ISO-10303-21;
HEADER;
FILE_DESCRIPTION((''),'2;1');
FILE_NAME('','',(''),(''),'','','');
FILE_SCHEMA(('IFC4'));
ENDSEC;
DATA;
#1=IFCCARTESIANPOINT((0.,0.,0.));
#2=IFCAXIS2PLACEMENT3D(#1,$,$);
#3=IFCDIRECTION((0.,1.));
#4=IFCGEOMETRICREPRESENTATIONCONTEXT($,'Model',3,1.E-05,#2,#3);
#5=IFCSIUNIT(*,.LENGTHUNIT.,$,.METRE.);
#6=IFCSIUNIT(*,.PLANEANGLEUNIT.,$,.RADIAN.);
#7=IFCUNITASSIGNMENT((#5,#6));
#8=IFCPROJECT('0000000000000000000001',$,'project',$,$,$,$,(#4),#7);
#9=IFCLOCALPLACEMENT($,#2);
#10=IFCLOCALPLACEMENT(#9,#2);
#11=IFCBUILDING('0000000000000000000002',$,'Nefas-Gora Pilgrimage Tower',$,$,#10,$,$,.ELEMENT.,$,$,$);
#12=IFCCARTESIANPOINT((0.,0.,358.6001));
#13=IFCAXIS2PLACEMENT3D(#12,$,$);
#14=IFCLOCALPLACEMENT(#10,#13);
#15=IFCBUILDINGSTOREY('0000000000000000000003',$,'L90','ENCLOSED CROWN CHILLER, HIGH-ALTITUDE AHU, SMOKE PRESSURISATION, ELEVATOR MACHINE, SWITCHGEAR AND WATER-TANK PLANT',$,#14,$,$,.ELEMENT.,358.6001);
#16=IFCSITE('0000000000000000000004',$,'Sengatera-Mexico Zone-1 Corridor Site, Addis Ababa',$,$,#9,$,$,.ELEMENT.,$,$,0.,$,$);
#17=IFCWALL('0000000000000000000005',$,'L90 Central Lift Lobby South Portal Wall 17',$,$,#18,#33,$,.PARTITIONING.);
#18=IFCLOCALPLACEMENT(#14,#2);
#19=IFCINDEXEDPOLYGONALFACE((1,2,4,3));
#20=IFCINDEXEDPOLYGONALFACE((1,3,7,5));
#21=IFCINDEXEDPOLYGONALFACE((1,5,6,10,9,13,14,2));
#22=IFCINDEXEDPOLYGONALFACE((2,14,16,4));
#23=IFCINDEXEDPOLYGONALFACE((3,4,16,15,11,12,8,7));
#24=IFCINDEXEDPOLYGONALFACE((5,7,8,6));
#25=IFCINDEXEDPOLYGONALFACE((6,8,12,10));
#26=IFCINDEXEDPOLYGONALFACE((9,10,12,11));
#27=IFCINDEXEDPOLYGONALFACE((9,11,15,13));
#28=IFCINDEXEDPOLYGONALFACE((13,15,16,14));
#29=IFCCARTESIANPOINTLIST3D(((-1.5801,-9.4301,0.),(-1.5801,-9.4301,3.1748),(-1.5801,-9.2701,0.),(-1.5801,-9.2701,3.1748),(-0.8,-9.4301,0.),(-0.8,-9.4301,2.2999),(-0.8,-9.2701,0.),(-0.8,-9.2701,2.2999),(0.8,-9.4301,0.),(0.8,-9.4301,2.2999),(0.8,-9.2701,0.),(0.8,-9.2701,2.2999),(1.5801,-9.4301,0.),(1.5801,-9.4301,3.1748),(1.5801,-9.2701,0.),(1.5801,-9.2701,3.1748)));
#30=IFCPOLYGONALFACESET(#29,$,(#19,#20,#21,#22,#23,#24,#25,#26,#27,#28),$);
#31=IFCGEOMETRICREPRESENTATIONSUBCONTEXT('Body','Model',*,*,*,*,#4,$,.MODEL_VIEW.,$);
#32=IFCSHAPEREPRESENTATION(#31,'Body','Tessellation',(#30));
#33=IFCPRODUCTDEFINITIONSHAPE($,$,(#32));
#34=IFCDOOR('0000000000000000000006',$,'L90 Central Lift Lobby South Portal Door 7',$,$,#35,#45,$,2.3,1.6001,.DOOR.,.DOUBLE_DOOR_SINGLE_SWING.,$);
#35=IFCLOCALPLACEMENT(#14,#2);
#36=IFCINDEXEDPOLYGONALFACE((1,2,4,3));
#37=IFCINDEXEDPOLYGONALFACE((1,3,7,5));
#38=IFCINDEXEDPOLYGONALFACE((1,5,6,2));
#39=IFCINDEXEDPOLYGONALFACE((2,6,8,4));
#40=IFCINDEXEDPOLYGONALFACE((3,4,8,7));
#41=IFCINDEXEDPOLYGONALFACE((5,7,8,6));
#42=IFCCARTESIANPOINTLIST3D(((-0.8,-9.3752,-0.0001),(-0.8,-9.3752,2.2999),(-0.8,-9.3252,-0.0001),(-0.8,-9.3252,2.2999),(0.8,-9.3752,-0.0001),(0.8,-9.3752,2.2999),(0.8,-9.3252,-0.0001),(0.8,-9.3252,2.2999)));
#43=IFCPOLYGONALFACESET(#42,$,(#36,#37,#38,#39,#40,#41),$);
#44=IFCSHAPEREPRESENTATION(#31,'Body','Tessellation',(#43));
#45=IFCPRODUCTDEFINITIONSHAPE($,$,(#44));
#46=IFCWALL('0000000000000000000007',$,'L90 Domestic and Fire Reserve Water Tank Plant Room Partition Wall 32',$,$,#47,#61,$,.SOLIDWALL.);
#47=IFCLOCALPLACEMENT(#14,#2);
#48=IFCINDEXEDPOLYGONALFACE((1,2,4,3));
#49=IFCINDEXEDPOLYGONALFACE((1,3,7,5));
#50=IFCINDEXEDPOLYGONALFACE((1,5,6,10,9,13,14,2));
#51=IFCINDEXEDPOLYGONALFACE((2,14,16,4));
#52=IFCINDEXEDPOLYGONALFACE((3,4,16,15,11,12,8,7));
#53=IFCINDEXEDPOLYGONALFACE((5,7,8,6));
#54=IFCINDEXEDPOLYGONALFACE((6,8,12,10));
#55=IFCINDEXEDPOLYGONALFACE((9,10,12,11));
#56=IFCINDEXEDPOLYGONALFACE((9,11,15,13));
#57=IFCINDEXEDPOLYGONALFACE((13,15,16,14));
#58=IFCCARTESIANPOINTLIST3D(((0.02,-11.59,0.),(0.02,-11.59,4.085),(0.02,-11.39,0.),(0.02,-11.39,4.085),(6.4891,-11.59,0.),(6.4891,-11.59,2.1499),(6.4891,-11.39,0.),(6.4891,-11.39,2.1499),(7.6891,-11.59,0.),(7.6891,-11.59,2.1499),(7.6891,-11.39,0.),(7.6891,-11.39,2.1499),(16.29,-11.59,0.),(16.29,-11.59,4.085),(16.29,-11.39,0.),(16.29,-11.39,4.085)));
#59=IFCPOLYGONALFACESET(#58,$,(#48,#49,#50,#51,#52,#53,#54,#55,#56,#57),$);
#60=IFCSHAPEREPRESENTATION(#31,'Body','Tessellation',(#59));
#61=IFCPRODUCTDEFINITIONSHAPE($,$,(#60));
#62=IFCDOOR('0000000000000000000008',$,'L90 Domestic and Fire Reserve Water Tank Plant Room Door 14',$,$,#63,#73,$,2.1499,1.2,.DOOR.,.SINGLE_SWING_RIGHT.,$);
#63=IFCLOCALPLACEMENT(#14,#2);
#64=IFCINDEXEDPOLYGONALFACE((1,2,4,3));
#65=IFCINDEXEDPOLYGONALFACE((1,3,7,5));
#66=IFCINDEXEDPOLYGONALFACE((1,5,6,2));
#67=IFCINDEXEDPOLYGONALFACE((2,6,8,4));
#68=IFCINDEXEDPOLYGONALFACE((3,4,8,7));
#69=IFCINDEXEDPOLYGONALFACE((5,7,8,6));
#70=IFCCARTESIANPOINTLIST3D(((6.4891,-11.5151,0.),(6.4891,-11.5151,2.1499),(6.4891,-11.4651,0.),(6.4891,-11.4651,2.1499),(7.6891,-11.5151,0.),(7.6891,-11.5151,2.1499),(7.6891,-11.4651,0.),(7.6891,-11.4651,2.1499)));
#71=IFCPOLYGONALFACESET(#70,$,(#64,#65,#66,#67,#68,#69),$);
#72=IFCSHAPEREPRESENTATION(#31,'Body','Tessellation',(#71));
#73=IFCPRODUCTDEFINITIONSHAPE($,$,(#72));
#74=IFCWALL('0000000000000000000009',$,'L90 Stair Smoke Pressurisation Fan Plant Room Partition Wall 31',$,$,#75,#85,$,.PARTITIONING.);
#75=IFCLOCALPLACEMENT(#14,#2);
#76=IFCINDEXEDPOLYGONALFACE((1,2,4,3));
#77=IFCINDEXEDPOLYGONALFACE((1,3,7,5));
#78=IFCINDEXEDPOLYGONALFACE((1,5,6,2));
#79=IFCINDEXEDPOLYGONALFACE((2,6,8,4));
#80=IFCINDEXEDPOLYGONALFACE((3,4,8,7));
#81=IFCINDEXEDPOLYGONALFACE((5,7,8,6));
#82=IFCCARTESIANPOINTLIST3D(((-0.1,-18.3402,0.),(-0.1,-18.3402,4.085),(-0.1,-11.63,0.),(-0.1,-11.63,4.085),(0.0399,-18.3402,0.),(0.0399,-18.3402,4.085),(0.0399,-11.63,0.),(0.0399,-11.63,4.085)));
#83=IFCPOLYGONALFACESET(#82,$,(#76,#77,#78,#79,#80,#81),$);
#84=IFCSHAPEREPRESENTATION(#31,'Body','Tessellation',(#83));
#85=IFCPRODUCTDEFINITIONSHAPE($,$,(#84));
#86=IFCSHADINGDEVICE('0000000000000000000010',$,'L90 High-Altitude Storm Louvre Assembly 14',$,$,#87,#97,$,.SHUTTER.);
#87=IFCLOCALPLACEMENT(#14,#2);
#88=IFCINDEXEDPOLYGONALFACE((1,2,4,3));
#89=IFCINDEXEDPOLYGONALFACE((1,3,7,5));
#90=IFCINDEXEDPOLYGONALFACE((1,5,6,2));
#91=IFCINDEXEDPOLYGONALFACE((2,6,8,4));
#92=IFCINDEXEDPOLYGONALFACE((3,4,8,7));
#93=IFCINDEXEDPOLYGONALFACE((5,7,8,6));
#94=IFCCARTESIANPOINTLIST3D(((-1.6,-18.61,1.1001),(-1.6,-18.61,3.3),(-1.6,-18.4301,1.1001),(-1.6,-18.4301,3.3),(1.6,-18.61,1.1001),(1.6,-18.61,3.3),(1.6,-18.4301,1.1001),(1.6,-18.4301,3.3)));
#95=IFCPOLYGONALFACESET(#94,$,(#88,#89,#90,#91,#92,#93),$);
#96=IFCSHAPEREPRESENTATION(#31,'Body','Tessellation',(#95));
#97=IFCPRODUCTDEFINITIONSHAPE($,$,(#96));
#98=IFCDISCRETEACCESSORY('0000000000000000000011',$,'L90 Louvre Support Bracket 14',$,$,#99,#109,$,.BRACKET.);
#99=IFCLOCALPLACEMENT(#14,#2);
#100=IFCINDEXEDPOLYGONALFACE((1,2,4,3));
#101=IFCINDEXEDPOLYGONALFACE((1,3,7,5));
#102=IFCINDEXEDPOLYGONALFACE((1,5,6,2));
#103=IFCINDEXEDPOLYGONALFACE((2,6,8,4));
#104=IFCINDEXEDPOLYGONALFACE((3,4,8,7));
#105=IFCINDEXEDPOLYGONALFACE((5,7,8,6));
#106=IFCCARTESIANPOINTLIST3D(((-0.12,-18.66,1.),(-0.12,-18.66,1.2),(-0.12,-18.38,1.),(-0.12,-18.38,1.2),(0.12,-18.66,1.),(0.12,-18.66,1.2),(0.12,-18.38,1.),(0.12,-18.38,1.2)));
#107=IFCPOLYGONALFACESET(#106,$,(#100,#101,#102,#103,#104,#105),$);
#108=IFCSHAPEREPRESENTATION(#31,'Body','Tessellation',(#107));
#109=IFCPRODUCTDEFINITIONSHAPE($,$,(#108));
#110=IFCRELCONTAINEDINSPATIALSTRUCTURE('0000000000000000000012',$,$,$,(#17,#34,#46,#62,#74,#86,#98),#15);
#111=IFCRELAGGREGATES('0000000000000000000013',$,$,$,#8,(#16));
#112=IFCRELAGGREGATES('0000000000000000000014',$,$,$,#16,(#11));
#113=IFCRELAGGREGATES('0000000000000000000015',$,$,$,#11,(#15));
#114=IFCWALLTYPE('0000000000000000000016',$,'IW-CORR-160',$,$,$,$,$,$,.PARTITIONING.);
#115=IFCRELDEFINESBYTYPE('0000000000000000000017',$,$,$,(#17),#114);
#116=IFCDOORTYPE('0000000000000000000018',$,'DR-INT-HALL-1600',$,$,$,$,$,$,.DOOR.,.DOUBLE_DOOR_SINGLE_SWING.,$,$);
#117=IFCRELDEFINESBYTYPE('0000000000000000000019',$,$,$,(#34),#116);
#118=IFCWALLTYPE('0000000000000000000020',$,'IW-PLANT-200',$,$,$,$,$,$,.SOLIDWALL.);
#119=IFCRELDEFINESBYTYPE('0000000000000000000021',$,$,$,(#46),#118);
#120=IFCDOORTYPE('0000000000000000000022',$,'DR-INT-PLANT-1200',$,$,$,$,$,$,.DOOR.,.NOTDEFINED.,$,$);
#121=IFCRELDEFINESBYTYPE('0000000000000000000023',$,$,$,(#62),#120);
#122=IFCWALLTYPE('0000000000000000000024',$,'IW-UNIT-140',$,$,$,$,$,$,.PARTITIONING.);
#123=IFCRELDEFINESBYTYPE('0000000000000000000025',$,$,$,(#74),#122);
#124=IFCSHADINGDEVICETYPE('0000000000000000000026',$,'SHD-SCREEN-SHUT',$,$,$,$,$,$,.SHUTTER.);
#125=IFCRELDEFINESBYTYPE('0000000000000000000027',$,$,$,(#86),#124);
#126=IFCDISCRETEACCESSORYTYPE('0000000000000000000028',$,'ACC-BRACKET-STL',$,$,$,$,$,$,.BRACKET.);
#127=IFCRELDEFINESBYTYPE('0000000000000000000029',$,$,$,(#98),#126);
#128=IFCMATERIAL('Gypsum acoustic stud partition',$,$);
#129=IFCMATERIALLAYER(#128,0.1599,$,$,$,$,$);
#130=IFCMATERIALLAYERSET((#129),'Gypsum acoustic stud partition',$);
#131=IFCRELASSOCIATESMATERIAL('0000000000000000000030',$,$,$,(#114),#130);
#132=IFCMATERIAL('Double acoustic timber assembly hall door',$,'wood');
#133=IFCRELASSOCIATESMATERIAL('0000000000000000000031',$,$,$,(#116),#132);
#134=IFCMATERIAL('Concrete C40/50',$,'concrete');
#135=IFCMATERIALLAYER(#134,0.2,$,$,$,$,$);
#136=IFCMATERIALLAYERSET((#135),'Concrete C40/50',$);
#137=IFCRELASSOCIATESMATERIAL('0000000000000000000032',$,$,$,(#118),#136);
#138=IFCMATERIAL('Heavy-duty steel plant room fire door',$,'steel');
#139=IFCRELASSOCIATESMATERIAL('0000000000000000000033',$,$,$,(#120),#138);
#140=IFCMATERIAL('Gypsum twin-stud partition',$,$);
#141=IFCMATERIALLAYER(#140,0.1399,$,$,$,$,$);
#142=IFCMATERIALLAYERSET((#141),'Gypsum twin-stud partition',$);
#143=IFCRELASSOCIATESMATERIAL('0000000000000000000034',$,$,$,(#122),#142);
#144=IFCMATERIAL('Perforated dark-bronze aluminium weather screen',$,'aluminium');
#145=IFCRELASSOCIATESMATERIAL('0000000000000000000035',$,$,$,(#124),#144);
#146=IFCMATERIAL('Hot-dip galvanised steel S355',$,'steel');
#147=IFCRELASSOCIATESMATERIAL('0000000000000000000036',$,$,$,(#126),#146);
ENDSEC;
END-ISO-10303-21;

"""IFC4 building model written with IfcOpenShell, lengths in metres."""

from ifc_helpers import new_model, si_unit, direction, frame, frame_2d, origin, origin_2d, place, context, subcontext, project, spatial, rectangle, extrude, source, transform, mapped, material, layer, layer_set, type_object, element, fill, save


model = new_model("IFC4")

# Units and contexts
model_context = context("Model", 3, precision=1e-05, world=origin(), true_north=direction((0.0, 1.0)))
body_context = subcontext(model_context, "Body", "Model", "MODEL_VIEW")
ifc_project = project(units=[si_unit("LENGTHUNIT", "METRE"), si_unit("PLANEANGLEUNIT", "RADIAN")], contexts=[model_context])

# Site, building, storey
site_placement = place(None, origin())
site = spatial("IfcSite", under=ifc_project, at=site_placement, Name="Sengatera-Mexico Zone-1 Corridor Site, Addis Ababa", CompositionType="ELEMENT", RefElevation=0.0)
building_placement = place(site_placement, origin())
building = spatial("IfcBuilding", under=site, at=building_placement, Name="Nefas-Gora Pilgrimage Tower", CompositionType="ELEMENT")
storey_placement = place(building_placement, frame((0.0, 0.0, 358.6001)))
storey = spatial("IfcBuildingStorey", under=building, at=storey_placement, Name="L90", Description="ENCLOSED CROWN CHILLER, HIGH-ALTITUDE AHU, SMOKE PRESSURISATION, ELEVATOR MACHINE, SWITCHGEAR AND WATER-TANK PLANT", CompositionType="ELEMENT", Elevation=358.6001)

# Shared definitions
ifc_material_1 = material(Name="Concrete C40/50", Category="concrete")

# Walls, openings, doors
ifc_material_2 = material(Name="Gypsum acoustic stud partition")
ifc_layer_1 = layer(ifc_material_2, 0.1599)
ifc_layer_set_1 = layer_set([ifc_layer_1], Name="Gypsum acoustic stud partition")
wall_type_1 = type_object("IfcWallType", Name="IW-CORR-160", PredefinedType="PARTITIONING", material=ifc_layer_set_1)
shared_shape_1 = source(origin(), body_context, "Body", "SweptSolid", [
    extrude(rectangle(XDim=3.1602, YDim=0.1599, at=frame_2d((1.5801, 0.0))), origin(), (0.0, 0.0, 1.0), 3.1748),
])
wall_1_placement = place(storey_placement, frame((-1.5801, -9.3501, 0.0), z_axis=(0.0, 0.0, 1.0), x_axis=(1.0, 0.0, 0.0)))
wall_1 = element("IfcWall", 1, at=wall_1_placement, inside=storey, type_object=wall_type_1, Name="L90 Central Lift Lobby South Portal Wall 17", PredefinedType="PARTITIONING", context=body_context, shape_type="MappedRepresentation", body=[
    mapped(shared_shape_1, transform((0.0, 0.0, 0.0), x_axis=(1.0, 0.0, 0.0), y_axis=(0.0, 1.0, 0.0), z_axis=(0.0, 0.0, 1.0), scale=1.0)),
])
opening_1_placement = place(wall_1_placement, frame((0.78, 0.0, 0.0)))
opening_1 = element("IfcOpeningElement", 2, at=opening_1_placement, cuts=wall_1, PredefinedType="OPENING", context=body_context, shape_type="SweptSolid", body=[
    extrude(rectangle(XDim=1.6001, YDim=2.3, at=frame_2d((0.8, 1.1499))), frame((0.0, 0.0898, 0.0), z_axis=(0.0, -1.0, 0.0), x_axis=(1.0, 0.0, 0.0)), (0.0, 0.0, 1.0), 0.1799),
])
ifc_material_3 = material(Name="Double acoustic timber assembly hall door", Category="wood")
door_type_1 = type_object("IfcDoorType", Name="DR-INT-HALL-1600", OperationType="DOUBLE_DOOR_SINGLE_SWING", PredefinedType="DOOR", material=ifc_material_3)
shared_shape_2 = source(origin(), body_context, "Body", "SweptSolid", [
    extrude(rectangle(XDim=1.6001, YDim=2.3, at=frame_2d((0.8, 1.1499))), frame((0.0, 0.0249, 0.0), z_axis=(0.0, -1.0, 0.0), x_axis=(1.0, 0.0, 0.0)), (0.0, 0.0, 1.0), 0.05),
])
door_1_placement = place(opening_1_placement, origin())
door_1 = element("IfcDoor", 3, at=door_1_placement, inside=storey, type_object=door_type_1, Name="L90 Central Lift Lobby South Portal Door 7", OperationType="DOUBLE_DOOR_SINGLE_SWING", OverallHeight=2.3, OverallWidth=1.6001, PredefinedType="DOOR", context=body_context, shape_type="MappedRepresentation", body=[
    mapped(shared_shape_2, transform((0.0, 0.0, 0.0), x_axis=(1.0, 0.0, 0.0), y_axis=(0.0, 1.0, 0.0), z_axis=(0.0, 0.0, 1.0), scale=1.0)),
])
fill(opening_1, door_1)
ifc_layer_2 = layer(ifc_material_1, 0.2)
ifc_layer_set_2 = layer_set([ifc_layer_2], Name="Concrete C40/50")
wall_type_2 = type_object("IfcWallType", Name="IW-PLANT-200", PredefinedType="SOLIDWALL", material=ifc_layer_set_2)
shared_shape_3 = source(origin(), body_context, "Body", "SweptSolid", [
    extrude(rectangle(XDim=16.27, YDim=0.2, at=frame_2d((8.135, 0.0))), origin(), (0.0, 0.0, 1.0), 4.085),
])
wall_2_placement = place(storey_placement, frame((0.02, -11.49, 0.0), z_axis=(0.0, 0.0, 1.0), x_axis=(1.0, 0.0, 0.0)))
wall_2 = element("IfcWall", 4, at=wall_2_placement, inside=storey, type_object=wall_type_2, Name="L90 Domestic and Fire Reserve Water Tank Plant Room Partition Wall 32", PredefinedType="SOLIDWALL", context=body_context, shape_type="MappedRepresentation", body=[
    mapped(shared_shape_3, transform((0.0, 0.0, 0.0), x_axis=(1.0, 0.0, 0.0), y_axis=(0.0, 1.0, 0.0), z_axis=(0.0, 0.0, 1.0), scale=1.0)),
])
opening_2_placement = place(wall_2_placement, frame((6.469, 0.0, 0.0)))
opening_2 = element("IfcOpeningElement", 5, at=opening_2_placement, cuts=wall_2, PredefinedType="OPENING", context=body_context, shape_type="SweptSolid", body=[
    extrude(rectangle(XDim=1.2, YDim=2.1499, at=frame_2d((0.6001, 1.075))), frame((0.0, 0.1099, 0.0), z_axis=(0.0, -1.0, 0.0), x_axis=(1.0, 0.0, 0.0)), (0.0, 0.0, 1.0), 0.22),
])
ifc_material_4 = material(Name="Heavy-duty steel plant room fire door", Category="steel")
door_type_2 = type_object("IfcDoorType", Name="DR-INT-PLANT-1200", OperationType="NOTDEFINED", PredefinedType="DOOR", material=ifc_material_4)
shared_shape_4 = source(origin(), body_context, "Body", "SweptSolid", [
    extrude(rectangle(XDim=1.2, YDim=2.1499, at=frame_2d((0.6001, 1.075))), frame((0.0, 0.0249, 0.0), z_axis=(0.0, -1.0, 0.0), x_axis=(1.0, 0.0, 0.0)), (0.0, 0.0, 1.0), 0.05),
])
door_2_placement = place(opening_2_placement, origin())
door_2 = element("IfcDoor", 6, at=door_2_placement, inside=storey, type_object=door_type_2, Name="L90 Domestic and Fire Reserve Water Tank Plant Room Door 14", OperationType="SINGLE_SWING_RIGHT", OverallHeight=2.1499, OverallWidth=1.2, PredefinedType="DOOR", context=body_context, shape_type="MappedRepresentation", body=[
    mapped(shared_shape_4, transform((0.0, 0.0, 0.0), x_axis=(1.0, 0.0, 0.0), y_axis=(0.0, 1.0, 0.0), z_axis=(0.0, 0.0, 1.0), scale=1.0)),
])
fill(opening_2, door_2)

# Wall
ifc_material_5 = material(Name="Gypsum twin-stud partition")
ifc_layer_3 = layer(ifc_material_5, 0.1399)
ifc_layer_set_3 = layer_set([ifc_layer_3], Name="Gypsum twin-stud partition")
wall_type_3 = type_object("IfcWallType", Name="IW-UNIT-140", PredefinedType="PARTITIONING", material=ifc_layer_set_3)
shared_shape_5 = source(origin(), body_context, "Body", "SweptSolid", [
    extrude(rectangle(XDim=6.7102, YDim=0.1399, at=frame_2d((3.355, 0.0))), origin(), (0.0, 0.0, 1.0), 4.085),
])
wall_3_placement = place(storey_placement, frame((-0.03, -18.3401, 0.0), z_axis=(0.0, 0.0, 1.0), x_axis=(0.0, 1.0, 0.0)))
element("IfcWall", 7, at=wall_3_placement, inside=storey, type_object=wall_type_3, Name="L90 Stair Smoke Pressurisation Fan Plant Room Partition Wall 31", PredefinedType="PARTITIONING", context=body_context, shape_type="MappedRepresentation", body=[
    mapped(shared_shape_5, transform((0.0, 0.0, 0.0), x_axis=(1.0, 0.0, 0.0), y_axis=(0.0, 1.0, 0.0), z_axis=(0.0, 0.0, 1.0), scale=1.0)),
])

# Shading device
ifc_material_6 = material(Name="Perforated dark-bronze aluminium weather screen", Category="aluminium")
shading_device_type = type_object("IfcShadingDeviceType", Name="SHD-SCREEN-SHUT", PredefinedType="SHUTTER", material=ifc_material_6)
shared_shape_6 = source(origin(), body_context, "Body", "SweptSolid", [
    extrude(rectangle(XDim=3.2, YDim=0.1799, at=origin_2d()), origin(), (0.0, 0.0, 1.0), 2.2),
])
shading_device_placement = place(storey_placement, frame((0.0, -18.52, 1.1001), z_axis=(0.0, 0.0, 1.0), x_axis=(1.0, 0.0, 0.0)))
element("IfcShadingDevice", 8, at=shading_device_placement, inside=storey, type_object=shading_device_type, Name="L90 High-Altitude Storm Louvre Assembly 14", PredefinedType="SHUTTER", context=body_context, shape_type="MappedRepresentation", body=[
    mapped(shared_shape_6, transform((0.0, 0.0, 0.0), x_axis=(1.0, 0.0, 0.0), y_axis=(0.0, 1.0, 0.0), z_axis=(0.0, 0.0, 1.0), scale=1.0)),
])

# Discrete accessory
ifc_material_7 = material(Name="Hot-dip galvanised steel S355", Category="steel")
discrete_accessory_type = type_object("IfcDiscreteAccessoryType", Name="ACC-BRACKET-STL", PredefinedType="BRACKET", material=ifc_material_7)
shared_shape_7 = source(origin(), body_context, "Body", "SweptSolid", [
    extrude(rectangle(XDim=0.24, YDim=0.28, at=origin_2d()), origin(), (0.0, 0.0, 1.0), 0.2),
])
discrete_accessory_placement = place(storey_placement, frame((0.0, -18.52, 1.0), z_axis=(0.0, 0.0, 1.0), x_axis=(1.0, 0.0, 0.0)))
element("IfcDiscreteAccessory", 9, at=discrete_accessory_placement, inside=storey, type_object=discrete_accessory_type, Name="L90 Louvre Support Bracket 14", PredefinedType="BRACKET", context=body_context, shape_type="MappedRepresentation", body=[
    mapped(shared_shape_7, transform((0.0, 0.0, 0.0), x_axis=(1.0, 0.0, 0.0), y_axis=(0.0, 1.0, 0.0), z_axis=(0.0, 0.0, 1.0), scale=1.0)),
])

save(model, "model.ifc")
